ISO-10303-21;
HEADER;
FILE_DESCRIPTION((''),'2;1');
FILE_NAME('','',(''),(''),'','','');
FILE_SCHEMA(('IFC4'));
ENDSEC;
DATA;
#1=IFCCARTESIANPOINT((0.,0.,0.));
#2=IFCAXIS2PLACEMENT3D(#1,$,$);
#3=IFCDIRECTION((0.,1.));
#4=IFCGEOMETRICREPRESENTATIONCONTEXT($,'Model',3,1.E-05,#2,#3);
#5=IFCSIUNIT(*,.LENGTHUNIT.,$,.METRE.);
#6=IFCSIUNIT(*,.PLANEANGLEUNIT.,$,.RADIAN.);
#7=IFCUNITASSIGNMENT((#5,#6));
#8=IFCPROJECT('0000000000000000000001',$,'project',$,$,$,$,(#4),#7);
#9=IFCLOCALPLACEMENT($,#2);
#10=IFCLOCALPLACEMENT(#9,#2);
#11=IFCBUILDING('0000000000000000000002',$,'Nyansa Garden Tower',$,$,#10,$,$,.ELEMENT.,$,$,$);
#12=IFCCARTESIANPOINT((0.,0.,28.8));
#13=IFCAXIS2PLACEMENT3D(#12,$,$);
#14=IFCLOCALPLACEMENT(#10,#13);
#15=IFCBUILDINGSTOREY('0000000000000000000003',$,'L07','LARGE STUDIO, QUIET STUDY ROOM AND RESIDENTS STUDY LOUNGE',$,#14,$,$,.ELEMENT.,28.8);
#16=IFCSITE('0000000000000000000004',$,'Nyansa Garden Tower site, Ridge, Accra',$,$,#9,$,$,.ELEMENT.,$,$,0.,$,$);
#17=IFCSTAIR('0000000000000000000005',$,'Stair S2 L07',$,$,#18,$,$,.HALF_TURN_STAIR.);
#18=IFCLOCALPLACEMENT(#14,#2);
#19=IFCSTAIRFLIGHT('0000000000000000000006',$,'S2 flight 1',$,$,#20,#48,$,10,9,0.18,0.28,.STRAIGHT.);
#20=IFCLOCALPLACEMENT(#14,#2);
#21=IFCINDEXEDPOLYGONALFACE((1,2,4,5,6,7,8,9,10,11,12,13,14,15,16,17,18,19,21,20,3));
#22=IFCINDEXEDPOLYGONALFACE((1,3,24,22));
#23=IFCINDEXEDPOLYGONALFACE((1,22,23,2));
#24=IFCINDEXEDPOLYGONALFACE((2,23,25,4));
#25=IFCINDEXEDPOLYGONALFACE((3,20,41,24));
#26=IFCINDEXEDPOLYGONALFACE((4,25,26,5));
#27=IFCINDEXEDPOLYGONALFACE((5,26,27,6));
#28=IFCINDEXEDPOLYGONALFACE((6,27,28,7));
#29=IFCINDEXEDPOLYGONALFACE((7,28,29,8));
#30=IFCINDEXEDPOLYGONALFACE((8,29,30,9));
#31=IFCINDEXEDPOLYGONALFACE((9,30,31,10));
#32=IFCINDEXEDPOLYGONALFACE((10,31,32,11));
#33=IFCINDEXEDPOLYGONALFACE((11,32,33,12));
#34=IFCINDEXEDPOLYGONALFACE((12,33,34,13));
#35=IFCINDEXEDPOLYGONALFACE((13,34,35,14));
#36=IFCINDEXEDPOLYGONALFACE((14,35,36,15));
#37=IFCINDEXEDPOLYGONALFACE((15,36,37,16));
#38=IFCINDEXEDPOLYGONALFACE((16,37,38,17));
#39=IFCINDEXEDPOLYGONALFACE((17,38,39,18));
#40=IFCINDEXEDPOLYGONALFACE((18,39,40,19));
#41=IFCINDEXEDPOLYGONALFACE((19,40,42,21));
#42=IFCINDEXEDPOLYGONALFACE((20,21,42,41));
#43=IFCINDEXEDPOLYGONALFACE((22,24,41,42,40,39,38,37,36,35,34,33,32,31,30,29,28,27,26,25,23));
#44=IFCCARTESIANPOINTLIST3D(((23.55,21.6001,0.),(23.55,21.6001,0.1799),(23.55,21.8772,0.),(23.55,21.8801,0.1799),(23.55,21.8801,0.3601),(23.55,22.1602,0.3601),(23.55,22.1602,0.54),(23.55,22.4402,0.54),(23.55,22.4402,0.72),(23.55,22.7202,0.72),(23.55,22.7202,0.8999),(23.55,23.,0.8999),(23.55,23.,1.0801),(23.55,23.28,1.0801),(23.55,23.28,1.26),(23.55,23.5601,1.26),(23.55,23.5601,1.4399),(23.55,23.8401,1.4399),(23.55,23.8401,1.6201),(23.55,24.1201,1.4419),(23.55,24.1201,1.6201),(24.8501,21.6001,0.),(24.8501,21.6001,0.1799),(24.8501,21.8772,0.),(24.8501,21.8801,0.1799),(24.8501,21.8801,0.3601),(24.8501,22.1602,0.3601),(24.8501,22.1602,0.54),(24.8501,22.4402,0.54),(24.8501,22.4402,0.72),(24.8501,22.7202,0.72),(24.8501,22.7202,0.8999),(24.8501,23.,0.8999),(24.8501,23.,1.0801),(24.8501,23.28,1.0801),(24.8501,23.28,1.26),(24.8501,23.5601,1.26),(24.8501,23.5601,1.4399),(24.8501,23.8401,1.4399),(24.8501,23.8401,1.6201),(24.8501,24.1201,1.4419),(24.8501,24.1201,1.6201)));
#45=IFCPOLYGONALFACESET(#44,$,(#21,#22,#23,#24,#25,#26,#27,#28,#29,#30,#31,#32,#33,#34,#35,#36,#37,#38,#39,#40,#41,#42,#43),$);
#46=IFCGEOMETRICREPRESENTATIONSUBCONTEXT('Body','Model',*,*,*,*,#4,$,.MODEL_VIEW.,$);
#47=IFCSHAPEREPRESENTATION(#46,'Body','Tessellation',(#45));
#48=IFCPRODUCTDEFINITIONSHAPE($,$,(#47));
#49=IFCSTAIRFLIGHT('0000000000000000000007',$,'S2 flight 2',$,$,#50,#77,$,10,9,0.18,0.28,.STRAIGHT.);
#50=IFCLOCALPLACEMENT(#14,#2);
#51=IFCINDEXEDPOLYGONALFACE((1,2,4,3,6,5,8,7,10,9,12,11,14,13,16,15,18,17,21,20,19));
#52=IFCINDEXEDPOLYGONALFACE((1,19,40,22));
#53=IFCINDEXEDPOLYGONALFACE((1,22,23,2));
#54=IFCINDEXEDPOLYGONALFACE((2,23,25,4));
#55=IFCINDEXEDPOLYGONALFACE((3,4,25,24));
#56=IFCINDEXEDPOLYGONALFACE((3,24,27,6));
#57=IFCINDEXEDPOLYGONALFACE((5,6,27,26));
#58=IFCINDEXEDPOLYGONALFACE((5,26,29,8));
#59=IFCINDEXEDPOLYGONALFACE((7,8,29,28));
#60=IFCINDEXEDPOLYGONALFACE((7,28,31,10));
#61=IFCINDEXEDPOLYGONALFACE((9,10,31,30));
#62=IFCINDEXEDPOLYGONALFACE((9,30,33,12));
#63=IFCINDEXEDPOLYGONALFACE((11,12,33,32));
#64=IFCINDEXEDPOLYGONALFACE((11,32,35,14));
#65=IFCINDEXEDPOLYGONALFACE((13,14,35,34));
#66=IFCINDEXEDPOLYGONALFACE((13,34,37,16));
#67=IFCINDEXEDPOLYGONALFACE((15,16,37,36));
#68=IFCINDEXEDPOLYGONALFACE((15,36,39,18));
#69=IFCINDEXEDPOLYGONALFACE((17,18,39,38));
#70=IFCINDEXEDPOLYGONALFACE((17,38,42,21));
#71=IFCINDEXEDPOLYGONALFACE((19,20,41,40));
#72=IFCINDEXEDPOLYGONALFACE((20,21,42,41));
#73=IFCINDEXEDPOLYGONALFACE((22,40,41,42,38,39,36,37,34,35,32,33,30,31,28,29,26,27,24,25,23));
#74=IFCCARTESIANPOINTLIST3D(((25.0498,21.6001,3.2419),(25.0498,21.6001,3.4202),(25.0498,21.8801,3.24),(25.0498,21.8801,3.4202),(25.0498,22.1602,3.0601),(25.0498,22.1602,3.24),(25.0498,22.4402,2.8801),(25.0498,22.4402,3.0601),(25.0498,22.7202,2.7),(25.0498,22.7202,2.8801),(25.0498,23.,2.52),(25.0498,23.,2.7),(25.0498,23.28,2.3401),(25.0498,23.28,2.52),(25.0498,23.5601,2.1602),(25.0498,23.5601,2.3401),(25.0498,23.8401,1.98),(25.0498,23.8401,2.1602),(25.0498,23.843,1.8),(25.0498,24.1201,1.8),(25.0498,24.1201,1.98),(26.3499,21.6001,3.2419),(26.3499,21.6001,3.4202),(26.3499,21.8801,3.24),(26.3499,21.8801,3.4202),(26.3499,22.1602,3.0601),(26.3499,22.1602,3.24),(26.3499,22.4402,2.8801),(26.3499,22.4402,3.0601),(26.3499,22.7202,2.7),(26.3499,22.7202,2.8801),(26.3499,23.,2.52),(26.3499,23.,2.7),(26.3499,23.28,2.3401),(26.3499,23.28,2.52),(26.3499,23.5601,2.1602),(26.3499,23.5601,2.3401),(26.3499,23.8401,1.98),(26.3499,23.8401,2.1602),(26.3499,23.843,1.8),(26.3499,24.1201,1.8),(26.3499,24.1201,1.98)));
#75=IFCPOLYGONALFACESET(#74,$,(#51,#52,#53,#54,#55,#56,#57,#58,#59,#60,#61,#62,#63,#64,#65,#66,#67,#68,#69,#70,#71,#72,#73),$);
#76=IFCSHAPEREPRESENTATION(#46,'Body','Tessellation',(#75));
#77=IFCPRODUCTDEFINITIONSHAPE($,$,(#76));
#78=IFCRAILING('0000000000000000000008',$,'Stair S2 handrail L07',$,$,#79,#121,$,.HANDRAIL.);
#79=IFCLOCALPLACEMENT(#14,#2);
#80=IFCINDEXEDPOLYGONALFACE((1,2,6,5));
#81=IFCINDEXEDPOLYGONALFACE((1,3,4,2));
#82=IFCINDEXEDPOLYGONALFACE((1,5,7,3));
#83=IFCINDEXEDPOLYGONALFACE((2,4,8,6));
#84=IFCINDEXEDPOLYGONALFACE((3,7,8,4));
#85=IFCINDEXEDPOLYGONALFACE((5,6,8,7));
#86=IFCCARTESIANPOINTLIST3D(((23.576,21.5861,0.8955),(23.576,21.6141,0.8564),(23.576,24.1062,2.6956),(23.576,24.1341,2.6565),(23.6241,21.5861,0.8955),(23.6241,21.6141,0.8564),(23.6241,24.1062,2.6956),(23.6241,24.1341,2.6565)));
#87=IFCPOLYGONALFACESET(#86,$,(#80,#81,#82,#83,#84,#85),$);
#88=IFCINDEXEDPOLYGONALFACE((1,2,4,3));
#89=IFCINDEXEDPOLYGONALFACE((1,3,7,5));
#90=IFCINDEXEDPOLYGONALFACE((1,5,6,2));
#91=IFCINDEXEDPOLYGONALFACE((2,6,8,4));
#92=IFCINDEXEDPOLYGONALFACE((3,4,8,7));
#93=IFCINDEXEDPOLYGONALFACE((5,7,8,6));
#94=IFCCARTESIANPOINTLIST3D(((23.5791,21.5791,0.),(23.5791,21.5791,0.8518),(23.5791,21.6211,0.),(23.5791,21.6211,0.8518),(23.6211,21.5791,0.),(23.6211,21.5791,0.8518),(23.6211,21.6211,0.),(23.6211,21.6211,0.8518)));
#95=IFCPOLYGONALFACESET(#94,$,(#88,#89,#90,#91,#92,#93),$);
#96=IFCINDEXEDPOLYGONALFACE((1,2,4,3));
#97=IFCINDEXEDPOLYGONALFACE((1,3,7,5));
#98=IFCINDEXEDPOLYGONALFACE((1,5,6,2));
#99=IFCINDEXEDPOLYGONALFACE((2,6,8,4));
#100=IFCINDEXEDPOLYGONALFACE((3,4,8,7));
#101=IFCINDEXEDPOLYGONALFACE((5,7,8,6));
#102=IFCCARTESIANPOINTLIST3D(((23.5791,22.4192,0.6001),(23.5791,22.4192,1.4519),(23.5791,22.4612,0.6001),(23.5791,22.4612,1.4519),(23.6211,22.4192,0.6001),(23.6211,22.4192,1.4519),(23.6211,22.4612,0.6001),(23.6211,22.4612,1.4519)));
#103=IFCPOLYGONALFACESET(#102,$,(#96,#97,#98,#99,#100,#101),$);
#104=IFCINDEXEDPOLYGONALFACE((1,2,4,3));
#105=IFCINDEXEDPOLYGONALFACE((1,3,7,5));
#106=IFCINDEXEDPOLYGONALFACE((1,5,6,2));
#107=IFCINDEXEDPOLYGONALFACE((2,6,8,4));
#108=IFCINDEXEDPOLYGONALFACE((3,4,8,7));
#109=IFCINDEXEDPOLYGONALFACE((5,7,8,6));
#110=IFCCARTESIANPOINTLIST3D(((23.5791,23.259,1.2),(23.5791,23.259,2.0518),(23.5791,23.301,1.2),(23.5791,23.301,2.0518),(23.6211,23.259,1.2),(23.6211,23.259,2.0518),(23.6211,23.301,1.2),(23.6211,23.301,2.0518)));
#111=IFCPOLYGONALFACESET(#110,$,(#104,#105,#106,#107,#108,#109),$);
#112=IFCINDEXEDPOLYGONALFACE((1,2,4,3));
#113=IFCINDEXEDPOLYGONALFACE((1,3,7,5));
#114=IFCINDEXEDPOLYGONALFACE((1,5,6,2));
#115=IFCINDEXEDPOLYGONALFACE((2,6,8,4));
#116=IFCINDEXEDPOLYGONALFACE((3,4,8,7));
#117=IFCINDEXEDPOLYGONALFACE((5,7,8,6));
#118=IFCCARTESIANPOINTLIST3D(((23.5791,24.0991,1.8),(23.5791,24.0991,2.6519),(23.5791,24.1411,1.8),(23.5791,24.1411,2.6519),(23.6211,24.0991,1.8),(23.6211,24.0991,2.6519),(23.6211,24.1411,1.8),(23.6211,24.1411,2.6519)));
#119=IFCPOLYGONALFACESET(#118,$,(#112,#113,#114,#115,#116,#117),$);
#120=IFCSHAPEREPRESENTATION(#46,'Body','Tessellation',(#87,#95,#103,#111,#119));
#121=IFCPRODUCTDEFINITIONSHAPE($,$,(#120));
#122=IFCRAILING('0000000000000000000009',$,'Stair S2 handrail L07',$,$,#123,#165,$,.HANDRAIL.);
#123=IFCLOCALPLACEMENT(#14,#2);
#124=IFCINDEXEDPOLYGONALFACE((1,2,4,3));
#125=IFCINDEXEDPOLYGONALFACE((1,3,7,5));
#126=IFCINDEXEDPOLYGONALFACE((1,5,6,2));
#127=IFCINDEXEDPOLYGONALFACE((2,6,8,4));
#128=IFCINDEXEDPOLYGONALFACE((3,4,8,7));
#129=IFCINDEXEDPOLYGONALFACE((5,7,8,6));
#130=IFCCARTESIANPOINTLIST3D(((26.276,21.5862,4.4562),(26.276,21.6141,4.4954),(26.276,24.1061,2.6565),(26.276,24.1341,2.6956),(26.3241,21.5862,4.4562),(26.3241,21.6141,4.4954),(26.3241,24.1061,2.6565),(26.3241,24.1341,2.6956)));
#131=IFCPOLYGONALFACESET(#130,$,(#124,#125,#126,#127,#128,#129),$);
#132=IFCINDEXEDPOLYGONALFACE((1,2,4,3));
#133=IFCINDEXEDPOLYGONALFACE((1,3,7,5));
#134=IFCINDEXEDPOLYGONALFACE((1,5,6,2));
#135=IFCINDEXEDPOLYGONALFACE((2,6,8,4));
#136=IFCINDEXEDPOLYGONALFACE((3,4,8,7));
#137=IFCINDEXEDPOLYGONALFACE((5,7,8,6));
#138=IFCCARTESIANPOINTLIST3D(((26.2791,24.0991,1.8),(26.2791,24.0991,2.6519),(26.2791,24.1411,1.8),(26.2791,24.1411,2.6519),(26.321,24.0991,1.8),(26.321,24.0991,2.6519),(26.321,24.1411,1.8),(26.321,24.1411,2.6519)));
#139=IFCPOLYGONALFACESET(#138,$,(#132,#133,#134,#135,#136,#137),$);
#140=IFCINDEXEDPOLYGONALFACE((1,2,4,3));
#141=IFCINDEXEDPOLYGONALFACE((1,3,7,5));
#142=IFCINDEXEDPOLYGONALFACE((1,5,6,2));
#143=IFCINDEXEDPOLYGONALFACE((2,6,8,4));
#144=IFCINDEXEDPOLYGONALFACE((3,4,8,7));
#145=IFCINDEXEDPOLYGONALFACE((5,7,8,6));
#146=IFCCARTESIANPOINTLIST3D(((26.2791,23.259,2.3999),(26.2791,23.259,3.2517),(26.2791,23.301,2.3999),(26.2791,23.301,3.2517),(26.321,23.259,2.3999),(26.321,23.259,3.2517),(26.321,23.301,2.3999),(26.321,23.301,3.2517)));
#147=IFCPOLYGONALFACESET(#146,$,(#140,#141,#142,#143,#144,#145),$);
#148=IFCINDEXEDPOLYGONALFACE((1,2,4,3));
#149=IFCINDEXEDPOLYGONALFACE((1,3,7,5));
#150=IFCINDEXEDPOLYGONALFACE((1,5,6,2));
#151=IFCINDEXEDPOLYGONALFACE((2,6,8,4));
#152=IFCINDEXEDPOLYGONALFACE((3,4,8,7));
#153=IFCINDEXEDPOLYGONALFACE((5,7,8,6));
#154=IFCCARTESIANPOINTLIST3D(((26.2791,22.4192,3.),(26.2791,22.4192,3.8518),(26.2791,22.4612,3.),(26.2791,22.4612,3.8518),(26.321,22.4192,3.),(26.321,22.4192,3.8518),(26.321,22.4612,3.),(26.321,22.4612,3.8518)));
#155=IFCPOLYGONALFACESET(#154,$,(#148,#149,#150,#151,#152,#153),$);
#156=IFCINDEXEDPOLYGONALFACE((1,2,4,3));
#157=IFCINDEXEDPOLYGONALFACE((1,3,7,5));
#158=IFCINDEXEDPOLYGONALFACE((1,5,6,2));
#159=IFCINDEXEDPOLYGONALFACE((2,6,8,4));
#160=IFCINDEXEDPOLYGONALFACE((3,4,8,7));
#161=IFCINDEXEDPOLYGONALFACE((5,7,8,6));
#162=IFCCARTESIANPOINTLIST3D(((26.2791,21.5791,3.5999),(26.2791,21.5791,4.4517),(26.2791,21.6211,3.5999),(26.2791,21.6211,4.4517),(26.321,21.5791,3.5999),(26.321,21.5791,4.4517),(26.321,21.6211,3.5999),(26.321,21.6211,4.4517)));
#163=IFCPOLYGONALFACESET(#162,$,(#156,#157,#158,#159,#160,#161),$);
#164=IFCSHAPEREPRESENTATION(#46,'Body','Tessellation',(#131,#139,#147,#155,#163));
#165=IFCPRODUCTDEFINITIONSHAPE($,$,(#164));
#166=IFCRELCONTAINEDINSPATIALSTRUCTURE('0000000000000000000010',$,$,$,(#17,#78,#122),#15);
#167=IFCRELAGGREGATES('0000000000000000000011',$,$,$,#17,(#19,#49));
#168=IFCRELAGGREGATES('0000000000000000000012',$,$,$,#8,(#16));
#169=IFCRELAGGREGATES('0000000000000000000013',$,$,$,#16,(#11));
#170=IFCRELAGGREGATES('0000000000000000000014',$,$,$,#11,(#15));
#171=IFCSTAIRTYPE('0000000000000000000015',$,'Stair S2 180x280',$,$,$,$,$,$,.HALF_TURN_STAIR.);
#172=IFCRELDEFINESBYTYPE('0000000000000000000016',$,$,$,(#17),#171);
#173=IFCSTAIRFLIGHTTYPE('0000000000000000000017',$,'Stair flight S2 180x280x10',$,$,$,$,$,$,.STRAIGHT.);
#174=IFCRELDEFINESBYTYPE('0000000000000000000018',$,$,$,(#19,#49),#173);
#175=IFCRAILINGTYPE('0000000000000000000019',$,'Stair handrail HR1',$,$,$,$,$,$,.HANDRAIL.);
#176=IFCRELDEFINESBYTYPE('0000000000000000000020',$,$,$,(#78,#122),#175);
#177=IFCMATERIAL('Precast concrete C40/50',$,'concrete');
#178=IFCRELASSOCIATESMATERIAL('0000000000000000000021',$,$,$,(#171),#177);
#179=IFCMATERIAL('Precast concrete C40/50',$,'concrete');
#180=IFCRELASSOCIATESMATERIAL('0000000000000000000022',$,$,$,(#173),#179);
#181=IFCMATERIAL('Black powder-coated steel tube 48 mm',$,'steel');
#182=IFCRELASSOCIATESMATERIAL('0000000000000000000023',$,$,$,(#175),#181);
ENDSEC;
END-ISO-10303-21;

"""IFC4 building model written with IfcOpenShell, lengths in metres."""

from ifc_helpers import new_model, si_unit, direction, frame, origin, origin_2d, place, context, subcontext, project, spatial, polyline, rectangle, outline, extrude, material, type_object, element, aggregate, save


model = new_model("IFC4")

# Units and contexts
model_context = context("Model", 3, precision=1e-05, world=origin(), true_north=direction((0.0, 1.0)))
body_context = subcontext(model_context, "Body", "Model", "MODEL_VIEW")
ifc_project = project(units=[si_unit("LENGTHUNIT", "METRE"), si_unit("PLANEANGLEUNIT", "RADIAN")], contexts=[model_context])

# Site, building, storey
site_placement = place(None, origin())
site = spatial("IfcSite", under=ifc_project, at=site_placement, Name="Nyansa Garden Tower site, Ridge, Accra", CompositionType="ELEMENT", RefElevation=0.0)
building_placement = place(site_placement, origin())
building = spatial("IfcBuilding", under=site, at=building_placement, Name="Nyansa Garden Tower", CompositionType="ELEMENT")
storey_placement = place(building_placement, frame((0.0, 0.0, 28.8)))
storey = spatial("IfcBuildingStorey", under=building, at=storey_placement, Name="L07", Description="LARGE STUDIO, QUIET STUDY ROOM AND RESIDENTS STUDY LOUNGE", CompositionType="ELEMENT", Elevation=28.8)

# Stair, stair flights
ifc_material_1 = material(Name="Precast concrete C40/50", Category="concrete")
stair_type = type_object("IfcStairType", Name="Stair S2 180x280", PredefinedType="HALF_TURN_STAIR", material=ifc_material_1)
stair_placement = place(storey_placement, origin())
stair = element("IfcStair", 1, at=stair_placement, inside=storey, type_object=stair_type, Name="Stair S2 L07", PredefinedType="HALF_TURN_STAIR")
ifc_material_2 = material(Name="Precast concrete C40/50", Category="concrete")
stair_flight_type = type_object("IfcStairFlightType", Name="Stair flight S2 180x280x10", PredefinedType="STRAIGHT", material=ifc_material_2)
stair_flight_1_placement = place(storey_placement, frame((24.2, 21.6001, 0.0), z_axis=(0.0, 0.0, 1.0), x_axis=(0.0, 1.0, 0.0)))
stair_flight_1 = element("IfcStairFlight", 2, at=stair_flight_1_placement, type_object=stair_flight_type, Name="S2 flight 1", NumberOfRisers=10, NumberOfTreads=9, PredefinedType="STRAIGHT", RiserHeight=0.18, TreadLength=0.28, context=body_context, shape_type="SweptSolid", body=[
    extrude(outline(polyline([(0.0, 0.0), (0.0, 0.1799), (0.28, 0.1799), (0.28, 0.3601), (0.5601, 0.3601), (0.5601, 0.54), (0.8401, 0.54), (0.8401, 0.72), (1.1201, 0.72), (1.1201, 0.8999), (1.3999, 0.8999), (1.3999, 1.0801), (1.6799, 1.0801), (1.6799, 1.26), (1.96, 1.26), (1.96, 1.4399), (2.24, 1.4399), (2.24, 1.6201), (2.52, 1.6201), (2.52, 1.8), (2.52, 1.4419), (0.2771, 0.0), (0.0, 0.0)])), frame((0.0, 0.6499, 0.0), z_axis=(0.0, -1.0, 0.0), x_axis=(1.0, 0.0, 0.0)), (0.0, 0.0, 1.0), 1.3),
])
stair_flight_2_placement = place(storey_placement, frame((25.7, 24.1201, 1.8), z_axis=(0.0, 0.0, 1.0), x_axis=(0.0, -1.0, 0.0)))
stair_flight_2 = element("IfcStairFlight", 3, at=stair_flight_2_placement, type_object=stair_flight_type, Name="S2 flight 2", NumberOfRisers=10, NumberOfTreads=9, PredefinedType="STRAIGHT", RiserHeight=0.18, TreadLength=0.28, context=body_context, shape_type="SweptSolid", body=[
    extrude(outline(polyline([(0.0, 0.0), (0.0, 0.1799), (0.28, 0.1799), (0.28, 0.3601), (0.5601, 0.3601), (0.5601, 0.54), (0.8401, 0.54), (0.8401, 0.72), (1.1201, 0.72), (1.1201, 0.8999), (1.3999, 0.8999), (1.3999, 1.0801), (1.6799, 1.0801), (1.6799, 1.26), (1.96, 1.26), (1.96, 1.4399), (2.24, 1.4399), (2.24, 1.6201), (2.52, 1.6201), (2.52, 1.8), (2.52, 1.4419), (0.2771, 0.0), (0.0, 0.0)])), frame((0.0, 0.6499, 0.0), z_axis=(0.0, -1.0, 0.0), x_axis=(1.0, 0.0, 0.0)), (0.0, 0.0, 1.0), 1.3),
])
aggregate(stair, [stair_flight_1, stair_flight_2])

# Railings
ifc_material_3 = material(Name="Black powder-coated steel tube 48 mm", Category="steel")
railing_type = type_object("IfcRailingType", Name="Stair handrail HR1", PredefinedType="HANDRAIL", material=ifc_material_3)
railing_1_placement = place(storey_placement, frame((23.6001, 21.6001, 0.0)))
element("IfcRailing", 4, at=railing_1_placement, inside=storey, type_object=railing_type, Name="Stair S2 handrail L07", PredefinedType="HANDRAIL", context=body_context, shape_type="SweptSolid", body=[
    extrude(rectangle(XDim=0.0481, YDim=0.0481, at=origin_2d()), frame((0.0, 0.0, 0.876), z_axis=(0.0, 0.813728, 0.581246), x_axis=(-1.0, 0.0, 0.0)), (0.0, 0.0, 1.0), 3.0969),
    extrude(rectangle(XDim=0.042, YDim=0.042, at=origin_2d()), origin(), (0.0, 0.0, 1.0), 0.8518),
    extrude(rectangle(XDim=0.042, YDim=0.042, at=origin_2d()), frame((0.0, 0.8401, 0.6001)), (0.0, 0.0, 1.0), 0.8518),
    extrude(rectangle(XDim=0.042, YDim=0.042, at=origin_2d()), frame((0.0, 1.6799, 1.2)), (0.0, 0.0, 1.0), 0.8518),
    extrude(rectangle(XDim=0.042, YDim=0.042, at=origin_2d()), frame((0.0, 2.52, 1.8)), (0.0, 0.0, 1.0), 0.8518),
])
railing_2_placement = place(storey_placement, frame((26.3, 24.1201, 1.8)))
element("IfcRailing", 5, at=railing_2_placement, inside=storey, type_object=railing_type, Name="Stair S2 handrail L07", PredefinedType="HANDRAIL", context=body_context, shape_type="SweptSolid", body=[
    extrude(rectangle(XDim=0.0481, YDim=0.0481, at=origin_2d()), frame((0.0, 0.0, 0.876), z_axis=(0.0, -0.813765, 0.581193), x_axis=(1.0, 0.0, 0.0)), (0.0, 0.0, 1.0), 3.0967),
    extrude(rectangle(XDim=0.042, YDim=0.042, at=origin_2d()), origin(), (0.0, 0.0, 1.0), 0.8518),
    extrude(rectangle(XDim=0.042, YDim=0.042, at=origin_2d()), frame((0.0, -0.8401, 0.5999)), (0.0, 0.0, 1.0), 0.8518),
    extrude(rectangle(XDim=0.042, YDim=0.042, at=origin_2d()), frame((0.0, -1.6799, 1.2)), (0.0, 0.0, 1.0), 0.8518),
    extrude(rectangle(XDim=0.042, YDim=0.042, at=origin_2d()), frame((0.0, -2.52, 1.7998)), (0.0, 0.0, 1.0), 0.8518),
])

save(model, "model.ifc")
